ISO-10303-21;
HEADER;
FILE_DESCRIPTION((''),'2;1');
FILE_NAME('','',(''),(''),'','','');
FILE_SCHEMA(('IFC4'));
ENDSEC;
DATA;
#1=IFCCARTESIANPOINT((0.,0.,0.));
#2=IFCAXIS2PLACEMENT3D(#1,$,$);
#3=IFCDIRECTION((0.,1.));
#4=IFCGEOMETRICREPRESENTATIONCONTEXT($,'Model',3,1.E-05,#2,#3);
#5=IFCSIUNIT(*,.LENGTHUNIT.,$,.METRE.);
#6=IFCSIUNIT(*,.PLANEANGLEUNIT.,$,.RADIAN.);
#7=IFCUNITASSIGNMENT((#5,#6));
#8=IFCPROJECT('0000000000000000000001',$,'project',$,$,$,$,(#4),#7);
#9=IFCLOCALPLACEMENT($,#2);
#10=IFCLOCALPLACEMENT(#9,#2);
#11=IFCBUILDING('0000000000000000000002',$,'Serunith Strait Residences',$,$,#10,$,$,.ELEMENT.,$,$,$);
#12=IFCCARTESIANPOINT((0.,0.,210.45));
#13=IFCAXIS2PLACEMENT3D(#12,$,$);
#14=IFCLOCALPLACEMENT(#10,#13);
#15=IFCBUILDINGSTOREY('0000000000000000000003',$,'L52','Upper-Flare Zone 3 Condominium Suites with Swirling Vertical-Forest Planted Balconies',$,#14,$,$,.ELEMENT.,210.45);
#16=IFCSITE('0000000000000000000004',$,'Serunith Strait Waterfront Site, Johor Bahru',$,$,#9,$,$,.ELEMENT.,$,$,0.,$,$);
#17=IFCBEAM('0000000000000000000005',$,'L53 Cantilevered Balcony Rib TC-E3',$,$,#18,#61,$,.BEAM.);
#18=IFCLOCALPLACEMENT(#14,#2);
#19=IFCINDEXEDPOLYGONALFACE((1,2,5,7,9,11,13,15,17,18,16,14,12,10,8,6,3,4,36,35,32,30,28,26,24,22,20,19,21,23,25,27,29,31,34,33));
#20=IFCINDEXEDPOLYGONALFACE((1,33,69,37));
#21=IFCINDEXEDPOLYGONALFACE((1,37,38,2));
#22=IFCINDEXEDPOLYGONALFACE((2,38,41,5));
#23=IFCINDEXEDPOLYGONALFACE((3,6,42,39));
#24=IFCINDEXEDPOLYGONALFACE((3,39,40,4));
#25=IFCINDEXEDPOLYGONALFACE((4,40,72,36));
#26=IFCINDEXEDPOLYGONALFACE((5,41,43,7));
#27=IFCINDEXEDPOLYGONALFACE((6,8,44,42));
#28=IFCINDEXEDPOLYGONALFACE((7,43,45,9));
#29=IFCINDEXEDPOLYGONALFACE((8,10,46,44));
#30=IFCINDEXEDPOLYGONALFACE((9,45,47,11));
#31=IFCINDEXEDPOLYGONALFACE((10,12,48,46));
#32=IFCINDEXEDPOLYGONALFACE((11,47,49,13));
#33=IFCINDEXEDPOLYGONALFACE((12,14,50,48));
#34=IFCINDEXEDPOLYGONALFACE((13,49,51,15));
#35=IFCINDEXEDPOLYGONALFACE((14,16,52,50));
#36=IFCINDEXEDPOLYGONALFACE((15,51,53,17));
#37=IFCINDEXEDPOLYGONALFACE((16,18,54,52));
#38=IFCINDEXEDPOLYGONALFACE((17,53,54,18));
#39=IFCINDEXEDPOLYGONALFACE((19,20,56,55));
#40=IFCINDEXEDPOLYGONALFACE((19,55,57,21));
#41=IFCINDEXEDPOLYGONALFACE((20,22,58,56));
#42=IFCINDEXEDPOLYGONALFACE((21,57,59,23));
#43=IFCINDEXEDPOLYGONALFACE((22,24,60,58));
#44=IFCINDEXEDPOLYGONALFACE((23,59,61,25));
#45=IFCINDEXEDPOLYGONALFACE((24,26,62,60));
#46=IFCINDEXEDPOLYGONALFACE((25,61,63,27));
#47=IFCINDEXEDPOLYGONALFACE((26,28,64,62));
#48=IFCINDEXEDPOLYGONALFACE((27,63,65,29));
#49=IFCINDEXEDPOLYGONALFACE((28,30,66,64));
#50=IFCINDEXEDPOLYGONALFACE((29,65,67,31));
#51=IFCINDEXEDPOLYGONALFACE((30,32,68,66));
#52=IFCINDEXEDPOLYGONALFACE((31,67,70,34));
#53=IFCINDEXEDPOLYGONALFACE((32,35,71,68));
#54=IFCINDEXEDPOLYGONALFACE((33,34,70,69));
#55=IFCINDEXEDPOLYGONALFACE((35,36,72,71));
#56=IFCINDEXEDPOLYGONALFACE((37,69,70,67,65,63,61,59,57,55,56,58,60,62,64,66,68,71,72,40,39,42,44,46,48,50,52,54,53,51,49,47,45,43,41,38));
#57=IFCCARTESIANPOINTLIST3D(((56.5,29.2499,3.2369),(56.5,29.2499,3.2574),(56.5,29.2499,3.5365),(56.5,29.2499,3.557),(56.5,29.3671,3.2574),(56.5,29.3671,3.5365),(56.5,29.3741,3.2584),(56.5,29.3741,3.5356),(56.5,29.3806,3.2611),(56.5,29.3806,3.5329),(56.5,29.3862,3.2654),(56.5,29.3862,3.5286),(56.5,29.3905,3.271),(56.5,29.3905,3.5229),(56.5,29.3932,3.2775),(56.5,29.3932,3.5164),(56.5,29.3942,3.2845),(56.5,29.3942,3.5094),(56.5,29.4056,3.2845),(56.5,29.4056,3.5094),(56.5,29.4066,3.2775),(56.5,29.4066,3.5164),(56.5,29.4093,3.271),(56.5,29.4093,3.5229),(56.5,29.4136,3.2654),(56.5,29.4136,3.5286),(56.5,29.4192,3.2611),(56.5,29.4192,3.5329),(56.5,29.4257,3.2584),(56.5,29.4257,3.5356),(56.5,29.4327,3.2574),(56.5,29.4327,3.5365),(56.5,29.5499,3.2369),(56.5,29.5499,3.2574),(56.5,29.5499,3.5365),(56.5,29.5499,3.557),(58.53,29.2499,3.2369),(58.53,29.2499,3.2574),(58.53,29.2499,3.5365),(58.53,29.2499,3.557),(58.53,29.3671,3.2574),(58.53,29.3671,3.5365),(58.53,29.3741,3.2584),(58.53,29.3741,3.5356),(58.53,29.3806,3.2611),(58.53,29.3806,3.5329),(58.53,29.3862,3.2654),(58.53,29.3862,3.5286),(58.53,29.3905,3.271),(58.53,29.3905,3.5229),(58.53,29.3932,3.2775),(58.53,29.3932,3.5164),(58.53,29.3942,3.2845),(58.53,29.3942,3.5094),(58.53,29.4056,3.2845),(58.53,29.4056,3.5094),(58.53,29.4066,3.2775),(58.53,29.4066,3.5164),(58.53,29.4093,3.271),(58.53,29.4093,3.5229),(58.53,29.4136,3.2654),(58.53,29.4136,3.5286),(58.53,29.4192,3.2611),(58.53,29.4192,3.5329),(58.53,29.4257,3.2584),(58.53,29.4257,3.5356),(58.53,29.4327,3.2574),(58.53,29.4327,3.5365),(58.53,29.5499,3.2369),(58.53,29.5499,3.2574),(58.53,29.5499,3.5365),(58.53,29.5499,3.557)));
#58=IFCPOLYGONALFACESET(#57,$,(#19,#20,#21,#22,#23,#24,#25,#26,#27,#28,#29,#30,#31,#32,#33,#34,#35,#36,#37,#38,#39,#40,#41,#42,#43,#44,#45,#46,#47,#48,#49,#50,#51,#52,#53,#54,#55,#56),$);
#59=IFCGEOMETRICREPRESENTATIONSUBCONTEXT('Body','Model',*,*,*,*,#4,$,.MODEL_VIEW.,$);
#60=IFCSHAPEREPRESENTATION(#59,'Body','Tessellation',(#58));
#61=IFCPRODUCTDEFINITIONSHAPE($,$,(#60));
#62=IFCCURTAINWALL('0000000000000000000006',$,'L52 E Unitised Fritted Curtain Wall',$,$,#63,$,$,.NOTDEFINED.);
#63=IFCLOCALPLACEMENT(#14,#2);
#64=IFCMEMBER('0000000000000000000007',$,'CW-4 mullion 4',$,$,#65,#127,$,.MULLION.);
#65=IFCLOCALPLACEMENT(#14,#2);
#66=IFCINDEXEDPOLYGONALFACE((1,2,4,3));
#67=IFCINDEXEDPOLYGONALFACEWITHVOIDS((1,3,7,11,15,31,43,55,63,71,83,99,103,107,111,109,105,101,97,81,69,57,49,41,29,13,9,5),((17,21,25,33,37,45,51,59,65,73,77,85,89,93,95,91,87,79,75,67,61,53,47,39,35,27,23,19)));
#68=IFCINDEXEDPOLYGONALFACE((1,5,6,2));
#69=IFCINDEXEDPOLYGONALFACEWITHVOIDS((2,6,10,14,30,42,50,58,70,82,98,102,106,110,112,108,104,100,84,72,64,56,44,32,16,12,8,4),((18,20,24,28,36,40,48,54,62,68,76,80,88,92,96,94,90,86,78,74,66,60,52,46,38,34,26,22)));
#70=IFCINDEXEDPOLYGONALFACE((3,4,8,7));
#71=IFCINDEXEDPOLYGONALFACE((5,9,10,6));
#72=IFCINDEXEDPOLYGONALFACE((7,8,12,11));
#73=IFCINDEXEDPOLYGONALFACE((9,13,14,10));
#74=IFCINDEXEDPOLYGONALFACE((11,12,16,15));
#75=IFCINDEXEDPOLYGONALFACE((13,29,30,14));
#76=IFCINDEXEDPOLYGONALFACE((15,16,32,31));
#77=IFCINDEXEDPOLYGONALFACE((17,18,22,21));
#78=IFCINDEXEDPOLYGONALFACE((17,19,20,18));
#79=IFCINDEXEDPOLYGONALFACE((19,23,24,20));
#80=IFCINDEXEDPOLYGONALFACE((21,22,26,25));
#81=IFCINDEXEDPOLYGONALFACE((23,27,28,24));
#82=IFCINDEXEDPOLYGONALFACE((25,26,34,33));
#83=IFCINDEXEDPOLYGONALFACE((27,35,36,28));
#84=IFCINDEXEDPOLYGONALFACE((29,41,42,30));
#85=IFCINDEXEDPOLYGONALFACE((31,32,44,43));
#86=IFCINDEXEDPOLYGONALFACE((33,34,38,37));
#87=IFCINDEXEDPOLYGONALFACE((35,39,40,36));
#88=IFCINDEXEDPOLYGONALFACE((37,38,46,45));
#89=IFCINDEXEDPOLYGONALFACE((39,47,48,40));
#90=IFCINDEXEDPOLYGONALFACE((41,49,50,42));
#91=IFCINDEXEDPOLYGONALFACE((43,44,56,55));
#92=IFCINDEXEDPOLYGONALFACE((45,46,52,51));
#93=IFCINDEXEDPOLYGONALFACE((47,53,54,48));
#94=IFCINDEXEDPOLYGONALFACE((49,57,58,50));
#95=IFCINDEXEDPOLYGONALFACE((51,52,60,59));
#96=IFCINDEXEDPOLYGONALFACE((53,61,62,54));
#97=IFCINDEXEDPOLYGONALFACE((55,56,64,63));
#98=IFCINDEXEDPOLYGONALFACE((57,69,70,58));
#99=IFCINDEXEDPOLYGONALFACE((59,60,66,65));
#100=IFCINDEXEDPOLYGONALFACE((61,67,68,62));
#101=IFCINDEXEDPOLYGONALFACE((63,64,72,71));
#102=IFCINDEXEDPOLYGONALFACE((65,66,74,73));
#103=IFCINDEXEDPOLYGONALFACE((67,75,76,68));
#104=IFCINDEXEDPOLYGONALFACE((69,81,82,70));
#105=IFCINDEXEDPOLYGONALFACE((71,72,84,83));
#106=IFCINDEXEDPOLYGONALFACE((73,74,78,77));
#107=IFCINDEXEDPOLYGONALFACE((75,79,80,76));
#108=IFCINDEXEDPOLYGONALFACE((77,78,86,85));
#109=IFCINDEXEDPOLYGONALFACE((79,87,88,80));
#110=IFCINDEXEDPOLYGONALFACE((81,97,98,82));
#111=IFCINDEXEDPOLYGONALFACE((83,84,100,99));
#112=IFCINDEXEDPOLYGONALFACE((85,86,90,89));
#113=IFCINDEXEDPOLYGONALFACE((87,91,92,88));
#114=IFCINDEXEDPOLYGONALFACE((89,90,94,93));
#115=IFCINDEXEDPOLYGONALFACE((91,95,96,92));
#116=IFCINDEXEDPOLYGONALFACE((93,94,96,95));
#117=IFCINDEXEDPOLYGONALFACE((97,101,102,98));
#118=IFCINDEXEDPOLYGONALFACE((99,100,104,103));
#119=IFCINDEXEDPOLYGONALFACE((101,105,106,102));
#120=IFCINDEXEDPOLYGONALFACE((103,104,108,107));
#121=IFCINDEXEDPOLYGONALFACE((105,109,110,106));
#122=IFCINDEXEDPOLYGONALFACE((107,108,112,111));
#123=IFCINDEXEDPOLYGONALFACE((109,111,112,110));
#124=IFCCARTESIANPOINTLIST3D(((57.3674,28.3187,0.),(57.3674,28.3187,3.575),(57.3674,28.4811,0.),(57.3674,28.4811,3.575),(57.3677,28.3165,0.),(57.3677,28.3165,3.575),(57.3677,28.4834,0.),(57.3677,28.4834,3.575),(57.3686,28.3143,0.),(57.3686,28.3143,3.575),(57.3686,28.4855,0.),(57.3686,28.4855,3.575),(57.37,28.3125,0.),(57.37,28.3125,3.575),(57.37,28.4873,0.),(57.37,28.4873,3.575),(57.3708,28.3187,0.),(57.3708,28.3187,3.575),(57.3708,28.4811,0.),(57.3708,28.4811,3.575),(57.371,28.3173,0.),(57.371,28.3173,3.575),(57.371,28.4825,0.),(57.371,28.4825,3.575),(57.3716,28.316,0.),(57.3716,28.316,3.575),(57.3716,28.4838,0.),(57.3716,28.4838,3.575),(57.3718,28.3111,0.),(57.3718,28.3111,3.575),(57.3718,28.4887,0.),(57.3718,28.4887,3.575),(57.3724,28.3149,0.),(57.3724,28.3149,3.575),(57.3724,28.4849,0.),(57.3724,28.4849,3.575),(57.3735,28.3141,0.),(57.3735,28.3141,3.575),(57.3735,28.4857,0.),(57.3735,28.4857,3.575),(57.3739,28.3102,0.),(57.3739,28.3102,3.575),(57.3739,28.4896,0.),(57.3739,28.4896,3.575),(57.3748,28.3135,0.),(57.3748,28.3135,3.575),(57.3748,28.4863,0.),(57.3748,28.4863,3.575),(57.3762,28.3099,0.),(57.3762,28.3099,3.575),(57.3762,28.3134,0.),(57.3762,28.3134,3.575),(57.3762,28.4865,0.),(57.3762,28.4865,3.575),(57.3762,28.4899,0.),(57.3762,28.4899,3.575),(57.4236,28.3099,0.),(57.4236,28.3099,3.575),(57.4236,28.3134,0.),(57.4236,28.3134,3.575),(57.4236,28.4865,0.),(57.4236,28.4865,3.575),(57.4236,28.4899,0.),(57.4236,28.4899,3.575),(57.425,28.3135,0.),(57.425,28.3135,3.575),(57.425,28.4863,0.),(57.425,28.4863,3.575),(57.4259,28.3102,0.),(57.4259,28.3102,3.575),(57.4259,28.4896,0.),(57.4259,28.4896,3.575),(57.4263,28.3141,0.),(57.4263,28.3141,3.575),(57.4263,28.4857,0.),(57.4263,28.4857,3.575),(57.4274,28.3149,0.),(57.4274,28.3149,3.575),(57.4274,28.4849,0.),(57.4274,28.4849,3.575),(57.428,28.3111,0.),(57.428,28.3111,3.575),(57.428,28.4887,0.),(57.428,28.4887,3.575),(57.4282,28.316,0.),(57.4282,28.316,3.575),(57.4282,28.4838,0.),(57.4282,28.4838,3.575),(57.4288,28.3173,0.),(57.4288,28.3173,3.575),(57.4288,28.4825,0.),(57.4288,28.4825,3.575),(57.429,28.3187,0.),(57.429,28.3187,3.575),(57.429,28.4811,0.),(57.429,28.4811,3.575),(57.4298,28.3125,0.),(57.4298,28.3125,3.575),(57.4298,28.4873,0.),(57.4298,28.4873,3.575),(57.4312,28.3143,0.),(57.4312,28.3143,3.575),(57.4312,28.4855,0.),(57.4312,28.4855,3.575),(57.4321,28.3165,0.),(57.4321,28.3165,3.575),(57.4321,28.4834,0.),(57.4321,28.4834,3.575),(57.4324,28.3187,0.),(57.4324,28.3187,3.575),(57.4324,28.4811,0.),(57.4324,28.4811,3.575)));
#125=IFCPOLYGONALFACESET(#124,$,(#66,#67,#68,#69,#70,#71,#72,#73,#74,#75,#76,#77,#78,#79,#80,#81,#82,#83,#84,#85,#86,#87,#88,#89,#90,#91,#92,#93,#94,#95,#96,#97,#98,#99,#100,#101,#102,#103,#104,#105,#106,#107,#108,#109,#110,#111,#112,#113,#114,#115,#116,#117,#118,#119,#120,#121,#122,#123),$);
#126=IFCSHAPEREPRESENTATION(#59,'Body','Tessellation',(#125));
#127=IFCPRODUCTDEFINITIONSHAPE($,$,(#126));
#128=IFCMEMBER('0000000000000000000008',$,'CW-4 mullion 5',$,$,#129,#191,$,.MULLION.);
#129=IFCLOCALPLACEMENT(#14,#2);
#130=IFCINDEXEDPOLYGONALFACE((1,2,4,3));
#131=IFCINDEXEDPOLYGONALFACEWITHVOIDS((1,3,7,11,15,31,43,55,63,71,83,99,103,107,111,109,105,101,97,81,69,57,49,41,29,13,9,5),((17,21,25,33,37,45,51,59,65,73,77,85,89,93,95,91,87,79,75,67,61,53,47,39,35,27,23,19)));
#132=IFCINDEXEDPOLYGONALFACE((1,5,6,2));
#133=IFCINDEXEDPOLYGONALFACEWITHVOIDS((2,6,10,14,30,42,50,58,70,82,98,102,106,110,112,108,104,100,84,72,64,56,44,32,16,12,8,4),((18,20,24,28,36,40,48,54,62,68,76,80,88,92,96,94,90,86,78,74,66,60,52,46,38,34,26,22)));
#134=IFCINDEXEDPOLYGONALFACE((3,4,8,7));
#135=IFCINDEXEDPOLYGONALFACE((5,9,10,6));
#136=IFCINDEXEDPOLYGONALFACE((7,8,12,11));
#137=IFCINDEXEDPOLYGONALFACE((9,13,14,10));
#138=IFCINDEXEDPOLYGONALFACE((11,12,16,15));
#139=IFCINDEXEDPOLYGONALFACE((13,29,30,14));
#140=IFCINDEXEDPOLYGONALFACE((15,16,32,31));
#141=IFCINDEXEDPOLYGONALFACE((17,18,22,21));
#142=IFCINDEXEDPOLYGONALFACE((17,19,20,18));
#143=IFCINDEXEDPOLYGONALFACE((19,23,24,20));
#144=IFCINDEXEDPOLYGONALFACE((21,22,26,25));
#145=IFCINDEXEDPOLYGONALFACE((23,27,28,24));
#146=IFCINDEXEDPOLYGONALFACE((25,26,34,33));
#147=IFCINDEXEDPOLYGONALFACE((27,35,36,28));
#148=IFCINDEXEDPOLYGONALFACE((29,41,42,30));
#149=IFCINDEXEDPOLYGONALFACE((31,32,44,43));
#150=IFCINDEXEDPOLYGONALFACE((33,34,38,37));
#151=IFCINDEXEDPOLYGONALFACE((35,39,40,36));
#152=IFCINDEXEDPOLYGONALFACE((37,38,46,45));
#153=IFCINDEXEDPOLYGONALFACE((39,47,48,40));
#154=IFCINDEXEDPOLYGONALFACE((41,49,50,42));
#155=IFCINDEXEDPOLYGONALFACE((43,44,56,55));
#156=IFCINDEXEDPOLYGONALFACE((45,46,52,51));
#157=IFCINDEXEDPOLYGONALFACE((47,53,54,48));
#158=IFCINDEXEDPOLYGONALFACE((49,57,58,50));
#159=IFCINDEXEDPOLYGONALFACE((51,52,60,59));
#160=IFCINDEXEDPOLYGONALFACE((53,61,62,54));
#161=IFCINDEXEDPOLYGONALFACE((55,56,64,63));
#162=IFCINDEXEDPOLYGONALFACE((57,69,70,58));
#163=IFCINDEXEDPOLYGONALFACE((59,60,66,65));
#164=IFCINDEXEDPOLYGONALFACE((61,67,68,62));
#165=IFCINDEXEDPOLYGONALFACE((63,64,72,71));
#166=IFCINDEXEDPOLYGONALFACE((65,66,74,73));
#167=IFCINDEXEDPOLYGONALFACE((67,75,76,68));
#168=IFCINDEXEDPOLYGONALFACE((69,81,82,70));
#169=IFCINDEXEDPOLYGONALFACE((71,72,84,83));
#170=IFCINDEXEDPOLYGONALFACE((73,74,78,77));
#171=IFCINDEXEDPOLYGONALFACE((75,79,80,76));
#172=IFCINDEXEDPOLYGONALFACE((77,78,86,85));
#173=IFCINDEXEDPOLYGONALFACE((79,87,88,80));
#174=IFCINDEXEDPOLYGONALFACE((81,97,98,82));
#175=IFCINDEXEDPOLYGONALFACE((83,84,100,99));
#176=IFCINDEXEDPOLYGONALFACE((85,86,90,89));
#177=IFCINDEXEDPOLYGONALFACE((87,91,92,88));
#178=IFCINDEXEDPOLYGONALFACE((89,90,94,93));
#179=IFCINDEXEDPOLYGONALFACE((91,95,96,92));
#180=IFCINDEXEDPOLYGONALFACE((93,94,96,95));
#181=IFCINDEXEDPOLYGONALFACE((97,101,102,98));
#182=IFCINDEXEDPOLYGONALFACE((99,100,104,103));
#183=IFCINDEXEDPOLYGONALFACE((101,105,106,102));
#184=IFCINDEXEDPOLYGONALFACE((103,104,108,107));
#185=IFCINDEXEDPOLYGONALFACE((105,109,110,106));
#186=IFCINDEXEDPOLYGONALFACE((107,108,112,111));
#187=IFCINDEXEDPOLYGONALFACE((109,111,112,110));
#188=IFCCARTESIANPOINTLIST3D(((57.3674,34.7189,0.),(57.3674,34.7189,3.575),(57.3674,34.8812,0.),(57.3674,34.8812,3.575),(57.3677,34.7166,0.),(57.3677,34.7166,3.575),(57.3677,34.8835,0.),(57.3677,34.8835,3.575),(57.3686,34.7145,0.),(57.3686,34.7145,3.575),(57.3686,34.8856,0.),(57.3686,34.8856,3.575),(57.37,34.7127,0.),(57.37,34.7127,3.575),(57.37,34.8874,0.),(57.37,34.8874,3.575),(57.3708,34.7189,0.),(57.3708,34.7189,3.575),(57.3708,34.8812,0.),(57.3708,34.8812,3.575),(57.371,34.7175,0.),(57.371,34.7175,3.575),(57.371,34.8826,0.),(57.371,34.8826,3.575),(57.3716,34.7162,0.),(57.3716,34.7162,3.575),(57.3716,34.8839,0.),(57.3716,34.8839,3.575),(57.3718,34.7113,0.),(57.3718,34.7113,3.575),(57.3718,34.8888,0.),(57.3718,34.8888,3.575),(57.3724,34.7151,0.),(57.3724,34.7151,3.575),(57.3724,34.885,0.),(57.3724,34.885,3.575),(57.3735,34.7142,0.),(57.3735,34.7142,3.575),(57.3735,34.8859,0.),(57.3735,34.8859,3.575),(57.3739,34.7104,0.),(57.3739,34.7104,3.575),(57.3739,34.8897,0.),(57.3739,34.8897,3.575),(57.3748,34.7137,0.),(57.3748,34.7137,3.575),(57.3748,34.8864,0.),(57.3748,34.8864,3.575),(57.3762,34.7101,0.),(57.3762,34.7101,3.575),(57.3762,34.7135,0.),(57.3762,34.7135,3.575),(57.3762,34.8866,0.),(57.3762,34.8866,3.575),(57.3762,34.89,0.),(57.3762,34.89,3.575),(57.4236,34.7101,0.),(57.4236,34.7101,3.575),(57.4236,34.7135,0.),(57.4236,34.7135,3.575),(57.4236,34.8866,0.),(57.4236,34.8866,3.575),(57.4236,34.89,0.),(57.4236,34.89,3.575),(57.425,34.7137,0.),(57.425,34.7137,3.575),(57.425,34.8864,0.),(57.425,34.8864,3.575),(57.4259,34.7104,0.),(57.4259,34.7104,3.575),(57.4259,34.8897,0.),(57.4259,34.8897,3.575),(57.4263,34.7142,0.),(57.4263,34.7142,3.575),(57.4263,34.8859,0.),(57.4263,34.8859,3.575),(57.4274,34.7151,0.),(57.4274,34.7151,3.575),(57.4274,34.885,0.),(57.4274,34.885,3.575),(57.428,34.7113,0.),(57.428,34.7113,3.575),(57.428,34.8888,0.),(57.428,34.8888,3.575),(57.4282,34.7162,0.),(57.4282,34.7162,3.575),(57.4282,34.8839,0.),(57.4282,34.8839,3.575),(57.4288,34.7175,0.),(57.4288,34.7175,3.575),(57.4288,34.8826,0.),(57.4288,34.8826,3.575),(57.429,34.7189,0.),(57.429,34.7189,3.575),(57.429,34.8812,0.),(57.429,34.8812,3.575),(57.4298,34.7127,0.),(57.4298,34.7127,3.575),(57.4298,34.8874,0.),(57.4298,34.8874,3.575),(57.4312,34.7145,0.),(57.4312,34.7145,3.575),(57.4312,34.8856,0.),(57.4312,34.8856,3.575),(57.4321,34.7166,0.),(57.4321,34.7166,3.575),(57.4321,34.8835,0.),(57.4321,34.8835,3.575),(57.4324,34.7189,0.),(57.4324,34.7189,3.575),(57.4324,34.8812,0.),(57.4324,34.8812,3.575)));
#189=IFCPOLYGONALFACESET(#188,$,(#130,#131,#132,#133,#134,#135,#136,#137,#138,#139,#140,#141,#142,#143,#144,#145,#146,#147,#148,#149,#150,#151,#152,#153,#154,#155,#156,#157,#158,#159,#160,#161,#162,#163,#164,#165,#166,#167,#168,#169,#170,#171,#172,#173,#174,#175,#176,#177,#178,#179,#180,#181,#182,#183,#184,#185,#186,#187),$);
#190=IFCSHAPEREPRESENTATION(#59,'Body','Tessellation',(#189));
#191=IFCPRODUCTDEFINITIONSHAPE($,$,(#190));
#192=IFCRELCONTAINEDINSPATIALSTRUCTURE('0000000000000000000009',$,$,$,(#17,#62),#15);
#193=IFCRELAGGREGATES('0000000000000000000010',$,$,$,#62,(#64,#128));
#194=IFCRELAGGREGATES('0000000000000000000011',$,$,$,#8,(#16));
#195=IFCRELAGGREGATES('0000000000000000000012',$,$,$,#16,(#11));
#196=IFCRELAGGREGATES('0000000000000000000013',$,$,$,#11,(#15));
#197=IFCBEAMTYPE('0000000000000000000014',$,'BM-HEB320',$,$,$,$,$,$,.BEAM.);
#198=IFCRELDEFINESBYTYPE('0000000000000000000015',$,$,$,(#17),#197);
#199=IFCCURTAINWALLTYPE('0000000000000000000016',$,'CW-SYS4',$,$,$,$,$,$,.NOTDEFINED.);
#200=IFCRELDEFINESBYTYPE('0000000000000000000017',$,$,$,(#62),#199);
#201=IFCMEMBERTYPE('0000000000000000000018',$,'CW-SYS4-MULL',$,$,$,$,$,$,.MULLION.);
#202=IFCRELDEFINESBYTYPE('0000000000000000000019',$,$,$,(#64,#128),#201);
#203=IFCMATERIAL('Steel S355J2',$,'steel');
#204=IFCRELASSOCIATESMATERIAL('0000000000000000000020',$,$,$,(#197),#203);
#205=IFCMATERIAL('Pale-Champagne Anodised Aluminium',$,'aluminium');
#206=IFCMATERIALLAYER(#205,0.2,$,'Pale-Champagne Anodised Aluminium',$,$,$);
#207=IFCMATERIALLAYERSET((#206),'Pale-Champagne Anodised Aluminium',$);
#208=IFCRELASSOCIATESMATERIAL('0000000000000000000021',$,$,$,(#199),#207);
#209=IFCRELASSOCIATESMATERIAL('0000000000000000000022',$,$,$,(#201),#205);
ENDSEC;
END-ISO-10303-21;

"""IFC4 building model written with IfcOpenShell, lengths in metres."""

from ifc_helpers import new_model, si_unit, direction, frame, origin, origin_2d, place, context, subcontext, project, spatial, hollow_rectangle, i_section, extrude, source, transform, mapped, material, layer, layer_set, material_profile, profile_set, type_object, element, aggregate, save


model = new_model("IFC4")

# Units and contexts
model_context = context("Model", 3, precision=1e-05, world=origin(), true_north=direction((0.0, 1.0)))
body_context = subcontext(model_context, "Body", "Model", "MODEL_VIEW")
ifc_project = project(units=[si_unit("LENGTHUNIT", "METRE"), si_unit("PLANEANGLEUNIT", "RADIAN")], contexts=[model_context])

# Site, building, storey
site_placement = place(None, origin())
site = spatial("IfcSite", under=ifc_project, at=site_placement, Name="Serunith Strait Waterfront Site, Johor Bahru", CompositionType="ELEMENT", RefElevation=0.0)
building_placement = place(site_placement, origin())
building = spatial("IfcBuilding", under=site, at=building_placement, Name="Serunith Strait Residences", CompositionType="ELEMENT")
storey_placement = place(building_placement, frame((0.0, 0.0, 210.45)))
storey = spatial("IfcBuildingStorey", under=building, at=storey_placement, Name="L52", Description="Upper-Flare Zone 3 Condominium Suites with Swirling Vertical-Forest Planted Balconies", CompositionType="ELEMENT", Elevation=210.45)

# Beam
ifc_material_1 = material(Name="Steel S355J2", Category="steel")
ifc_material_profile_1 = material_profile(ifc_material_1, i_section(OverallWidth=0.3, OverallDepth=0.3201, WebThickness=0.0115, FlangeThickness=0.0205, FilletRadius=0.0271, at=origin_2d()), Name="HEB 320")
ifc_profile_set_1 = profile_set([ifc_material_profile_1], Name="Steel S355J2")
beam_type_1 = type_object("IfcBeamType", Name="BM-HEB320", PredefinedType="BEAM", material=ifc_profile_set_1)
shared_shape_1 = source(origin(), body_context, "Body", "SweptSolid", [
    extrude(i_section(OverallWidth=0.3, OverallDepth=0.3201, WebThickness=0.0115, FlangeThickness=0.0205, FilletRadius=0.0271, at=origin_2d()), origin(), (0.0, 0.0, 1.0), 2.03),
])
beam_1_placement = place(storey_placement, frame((56.5, 29.3999, 3.397), z_axis=(1.0, 0.0, 0.0), x_axis=(0.0, 1.0, 0.0)))
element("IfcBeam", 1, at=beam_1_placement, inside=storey, type_object=beam_type_1, Name="L53 Cantilevered Balcony Rib TC-E3", PredefinedType="BEAM", context=body_context, shape_type="MappedRepresentation", body=[
    mapped(shared_shape_1, transform((0.0, 0.0, 0.0), scale=1.0)),
])

# Curtain wall, members
ifc_material_2 = material(Name="Pale-Champagne Anodised Aluminium", Category="aluminium")
ifc_layer_1 = layer(ifc_material_2, 0.2, Name="Pale-Champagne Anodised Aluminium")
ifc_layer_set_1 = layer_set([ifc_layer_1], Name="Pale-Champagne Anodised Aluminium")
curtain_wall_type = type_object("IfcCurtainWallType", Name="CW-SYS4", PredefinedType="NOTDEFINED", material=ifc_layer_set_1)
curtain_wall_placement = place(storey_placement, origin())
curtain_wall = element("IfcCurtainWall", 2, at=curtain_wall_placement, inside=storey, type_object=curtain_wall_type, Name="L52 E Unitised Fritted Curtain Wall", PredefinedType="NOTDEFINED")
ifc_material_profile_2 = material_profile(ifc_material_2, hollow_rectangle(XDim=0.0649, YDim=0.1799, WallThickness=0.0034, InnerFilletRadius=0.0054, OuterFilletRadius=0.0088, at=origin_2d()), Name="ALU 180x65x3.5")
ifc_profile_set_2 = profile_set([ifc_material_profile_2], Name="Pale-Champagne Anodised Aluminium")
member_type_1 = type_object("IfcMemberType", Name="CW-SYS4-MULL", PredefinedType="MULLION", material=ifc_profile_set_2)
shared_shape_2 = source(origin(), body_context, "Body", "SweptSolid", [
    extrude(hollow_rectangle(XDim=0.0649, YDim=0.1799, WallThickness=0.0034, InnerFilletRadius=0.0054, OuterFilletRadius=0.0088, at=origin_2d()), origin(), (0.0, 0.0, 1.0), 3.575),
])
member_1_placement = place(storey_placement, frame((57.3999, 28.3999, 0.0), z_axis=(0.0, 0.0, 1.0), x_axis=(-1.0, 0.0, 0.0)))
member_1 = element("IfcMember", 3, at=member_1_placement, type_object=member_type_1, Name="CW-4 mullion 4", PredefinedType="MULLION", context=body_context, shape_type="MappedRepresentation", body=[
    mapped(shared_shape_2, transform((0.0, 0.0, 0.0), scale=1.0)),
])
member_2_placement = place(storey_placement, frame((57.3999, 34.8, 0.0), z_axis=(0.0, 0.0, 1.0), x_axis=(-1.0, 0.0, 0.0)))
member_2 = element("IfcMember", 4, at=member_2_placement, type_object=member_type_1, Name="CW-4 mullion 5", PredefinedType="MULLION", context=body_context, shape_type="MappedRepresentation", body=[
    mapped(shared_shape_2, transform((0.0, 0.0, 0.0), scale=1.0)),
])
aggregate(curtain_wall, [member_1, member_2])

save(model, "model.ifc")
